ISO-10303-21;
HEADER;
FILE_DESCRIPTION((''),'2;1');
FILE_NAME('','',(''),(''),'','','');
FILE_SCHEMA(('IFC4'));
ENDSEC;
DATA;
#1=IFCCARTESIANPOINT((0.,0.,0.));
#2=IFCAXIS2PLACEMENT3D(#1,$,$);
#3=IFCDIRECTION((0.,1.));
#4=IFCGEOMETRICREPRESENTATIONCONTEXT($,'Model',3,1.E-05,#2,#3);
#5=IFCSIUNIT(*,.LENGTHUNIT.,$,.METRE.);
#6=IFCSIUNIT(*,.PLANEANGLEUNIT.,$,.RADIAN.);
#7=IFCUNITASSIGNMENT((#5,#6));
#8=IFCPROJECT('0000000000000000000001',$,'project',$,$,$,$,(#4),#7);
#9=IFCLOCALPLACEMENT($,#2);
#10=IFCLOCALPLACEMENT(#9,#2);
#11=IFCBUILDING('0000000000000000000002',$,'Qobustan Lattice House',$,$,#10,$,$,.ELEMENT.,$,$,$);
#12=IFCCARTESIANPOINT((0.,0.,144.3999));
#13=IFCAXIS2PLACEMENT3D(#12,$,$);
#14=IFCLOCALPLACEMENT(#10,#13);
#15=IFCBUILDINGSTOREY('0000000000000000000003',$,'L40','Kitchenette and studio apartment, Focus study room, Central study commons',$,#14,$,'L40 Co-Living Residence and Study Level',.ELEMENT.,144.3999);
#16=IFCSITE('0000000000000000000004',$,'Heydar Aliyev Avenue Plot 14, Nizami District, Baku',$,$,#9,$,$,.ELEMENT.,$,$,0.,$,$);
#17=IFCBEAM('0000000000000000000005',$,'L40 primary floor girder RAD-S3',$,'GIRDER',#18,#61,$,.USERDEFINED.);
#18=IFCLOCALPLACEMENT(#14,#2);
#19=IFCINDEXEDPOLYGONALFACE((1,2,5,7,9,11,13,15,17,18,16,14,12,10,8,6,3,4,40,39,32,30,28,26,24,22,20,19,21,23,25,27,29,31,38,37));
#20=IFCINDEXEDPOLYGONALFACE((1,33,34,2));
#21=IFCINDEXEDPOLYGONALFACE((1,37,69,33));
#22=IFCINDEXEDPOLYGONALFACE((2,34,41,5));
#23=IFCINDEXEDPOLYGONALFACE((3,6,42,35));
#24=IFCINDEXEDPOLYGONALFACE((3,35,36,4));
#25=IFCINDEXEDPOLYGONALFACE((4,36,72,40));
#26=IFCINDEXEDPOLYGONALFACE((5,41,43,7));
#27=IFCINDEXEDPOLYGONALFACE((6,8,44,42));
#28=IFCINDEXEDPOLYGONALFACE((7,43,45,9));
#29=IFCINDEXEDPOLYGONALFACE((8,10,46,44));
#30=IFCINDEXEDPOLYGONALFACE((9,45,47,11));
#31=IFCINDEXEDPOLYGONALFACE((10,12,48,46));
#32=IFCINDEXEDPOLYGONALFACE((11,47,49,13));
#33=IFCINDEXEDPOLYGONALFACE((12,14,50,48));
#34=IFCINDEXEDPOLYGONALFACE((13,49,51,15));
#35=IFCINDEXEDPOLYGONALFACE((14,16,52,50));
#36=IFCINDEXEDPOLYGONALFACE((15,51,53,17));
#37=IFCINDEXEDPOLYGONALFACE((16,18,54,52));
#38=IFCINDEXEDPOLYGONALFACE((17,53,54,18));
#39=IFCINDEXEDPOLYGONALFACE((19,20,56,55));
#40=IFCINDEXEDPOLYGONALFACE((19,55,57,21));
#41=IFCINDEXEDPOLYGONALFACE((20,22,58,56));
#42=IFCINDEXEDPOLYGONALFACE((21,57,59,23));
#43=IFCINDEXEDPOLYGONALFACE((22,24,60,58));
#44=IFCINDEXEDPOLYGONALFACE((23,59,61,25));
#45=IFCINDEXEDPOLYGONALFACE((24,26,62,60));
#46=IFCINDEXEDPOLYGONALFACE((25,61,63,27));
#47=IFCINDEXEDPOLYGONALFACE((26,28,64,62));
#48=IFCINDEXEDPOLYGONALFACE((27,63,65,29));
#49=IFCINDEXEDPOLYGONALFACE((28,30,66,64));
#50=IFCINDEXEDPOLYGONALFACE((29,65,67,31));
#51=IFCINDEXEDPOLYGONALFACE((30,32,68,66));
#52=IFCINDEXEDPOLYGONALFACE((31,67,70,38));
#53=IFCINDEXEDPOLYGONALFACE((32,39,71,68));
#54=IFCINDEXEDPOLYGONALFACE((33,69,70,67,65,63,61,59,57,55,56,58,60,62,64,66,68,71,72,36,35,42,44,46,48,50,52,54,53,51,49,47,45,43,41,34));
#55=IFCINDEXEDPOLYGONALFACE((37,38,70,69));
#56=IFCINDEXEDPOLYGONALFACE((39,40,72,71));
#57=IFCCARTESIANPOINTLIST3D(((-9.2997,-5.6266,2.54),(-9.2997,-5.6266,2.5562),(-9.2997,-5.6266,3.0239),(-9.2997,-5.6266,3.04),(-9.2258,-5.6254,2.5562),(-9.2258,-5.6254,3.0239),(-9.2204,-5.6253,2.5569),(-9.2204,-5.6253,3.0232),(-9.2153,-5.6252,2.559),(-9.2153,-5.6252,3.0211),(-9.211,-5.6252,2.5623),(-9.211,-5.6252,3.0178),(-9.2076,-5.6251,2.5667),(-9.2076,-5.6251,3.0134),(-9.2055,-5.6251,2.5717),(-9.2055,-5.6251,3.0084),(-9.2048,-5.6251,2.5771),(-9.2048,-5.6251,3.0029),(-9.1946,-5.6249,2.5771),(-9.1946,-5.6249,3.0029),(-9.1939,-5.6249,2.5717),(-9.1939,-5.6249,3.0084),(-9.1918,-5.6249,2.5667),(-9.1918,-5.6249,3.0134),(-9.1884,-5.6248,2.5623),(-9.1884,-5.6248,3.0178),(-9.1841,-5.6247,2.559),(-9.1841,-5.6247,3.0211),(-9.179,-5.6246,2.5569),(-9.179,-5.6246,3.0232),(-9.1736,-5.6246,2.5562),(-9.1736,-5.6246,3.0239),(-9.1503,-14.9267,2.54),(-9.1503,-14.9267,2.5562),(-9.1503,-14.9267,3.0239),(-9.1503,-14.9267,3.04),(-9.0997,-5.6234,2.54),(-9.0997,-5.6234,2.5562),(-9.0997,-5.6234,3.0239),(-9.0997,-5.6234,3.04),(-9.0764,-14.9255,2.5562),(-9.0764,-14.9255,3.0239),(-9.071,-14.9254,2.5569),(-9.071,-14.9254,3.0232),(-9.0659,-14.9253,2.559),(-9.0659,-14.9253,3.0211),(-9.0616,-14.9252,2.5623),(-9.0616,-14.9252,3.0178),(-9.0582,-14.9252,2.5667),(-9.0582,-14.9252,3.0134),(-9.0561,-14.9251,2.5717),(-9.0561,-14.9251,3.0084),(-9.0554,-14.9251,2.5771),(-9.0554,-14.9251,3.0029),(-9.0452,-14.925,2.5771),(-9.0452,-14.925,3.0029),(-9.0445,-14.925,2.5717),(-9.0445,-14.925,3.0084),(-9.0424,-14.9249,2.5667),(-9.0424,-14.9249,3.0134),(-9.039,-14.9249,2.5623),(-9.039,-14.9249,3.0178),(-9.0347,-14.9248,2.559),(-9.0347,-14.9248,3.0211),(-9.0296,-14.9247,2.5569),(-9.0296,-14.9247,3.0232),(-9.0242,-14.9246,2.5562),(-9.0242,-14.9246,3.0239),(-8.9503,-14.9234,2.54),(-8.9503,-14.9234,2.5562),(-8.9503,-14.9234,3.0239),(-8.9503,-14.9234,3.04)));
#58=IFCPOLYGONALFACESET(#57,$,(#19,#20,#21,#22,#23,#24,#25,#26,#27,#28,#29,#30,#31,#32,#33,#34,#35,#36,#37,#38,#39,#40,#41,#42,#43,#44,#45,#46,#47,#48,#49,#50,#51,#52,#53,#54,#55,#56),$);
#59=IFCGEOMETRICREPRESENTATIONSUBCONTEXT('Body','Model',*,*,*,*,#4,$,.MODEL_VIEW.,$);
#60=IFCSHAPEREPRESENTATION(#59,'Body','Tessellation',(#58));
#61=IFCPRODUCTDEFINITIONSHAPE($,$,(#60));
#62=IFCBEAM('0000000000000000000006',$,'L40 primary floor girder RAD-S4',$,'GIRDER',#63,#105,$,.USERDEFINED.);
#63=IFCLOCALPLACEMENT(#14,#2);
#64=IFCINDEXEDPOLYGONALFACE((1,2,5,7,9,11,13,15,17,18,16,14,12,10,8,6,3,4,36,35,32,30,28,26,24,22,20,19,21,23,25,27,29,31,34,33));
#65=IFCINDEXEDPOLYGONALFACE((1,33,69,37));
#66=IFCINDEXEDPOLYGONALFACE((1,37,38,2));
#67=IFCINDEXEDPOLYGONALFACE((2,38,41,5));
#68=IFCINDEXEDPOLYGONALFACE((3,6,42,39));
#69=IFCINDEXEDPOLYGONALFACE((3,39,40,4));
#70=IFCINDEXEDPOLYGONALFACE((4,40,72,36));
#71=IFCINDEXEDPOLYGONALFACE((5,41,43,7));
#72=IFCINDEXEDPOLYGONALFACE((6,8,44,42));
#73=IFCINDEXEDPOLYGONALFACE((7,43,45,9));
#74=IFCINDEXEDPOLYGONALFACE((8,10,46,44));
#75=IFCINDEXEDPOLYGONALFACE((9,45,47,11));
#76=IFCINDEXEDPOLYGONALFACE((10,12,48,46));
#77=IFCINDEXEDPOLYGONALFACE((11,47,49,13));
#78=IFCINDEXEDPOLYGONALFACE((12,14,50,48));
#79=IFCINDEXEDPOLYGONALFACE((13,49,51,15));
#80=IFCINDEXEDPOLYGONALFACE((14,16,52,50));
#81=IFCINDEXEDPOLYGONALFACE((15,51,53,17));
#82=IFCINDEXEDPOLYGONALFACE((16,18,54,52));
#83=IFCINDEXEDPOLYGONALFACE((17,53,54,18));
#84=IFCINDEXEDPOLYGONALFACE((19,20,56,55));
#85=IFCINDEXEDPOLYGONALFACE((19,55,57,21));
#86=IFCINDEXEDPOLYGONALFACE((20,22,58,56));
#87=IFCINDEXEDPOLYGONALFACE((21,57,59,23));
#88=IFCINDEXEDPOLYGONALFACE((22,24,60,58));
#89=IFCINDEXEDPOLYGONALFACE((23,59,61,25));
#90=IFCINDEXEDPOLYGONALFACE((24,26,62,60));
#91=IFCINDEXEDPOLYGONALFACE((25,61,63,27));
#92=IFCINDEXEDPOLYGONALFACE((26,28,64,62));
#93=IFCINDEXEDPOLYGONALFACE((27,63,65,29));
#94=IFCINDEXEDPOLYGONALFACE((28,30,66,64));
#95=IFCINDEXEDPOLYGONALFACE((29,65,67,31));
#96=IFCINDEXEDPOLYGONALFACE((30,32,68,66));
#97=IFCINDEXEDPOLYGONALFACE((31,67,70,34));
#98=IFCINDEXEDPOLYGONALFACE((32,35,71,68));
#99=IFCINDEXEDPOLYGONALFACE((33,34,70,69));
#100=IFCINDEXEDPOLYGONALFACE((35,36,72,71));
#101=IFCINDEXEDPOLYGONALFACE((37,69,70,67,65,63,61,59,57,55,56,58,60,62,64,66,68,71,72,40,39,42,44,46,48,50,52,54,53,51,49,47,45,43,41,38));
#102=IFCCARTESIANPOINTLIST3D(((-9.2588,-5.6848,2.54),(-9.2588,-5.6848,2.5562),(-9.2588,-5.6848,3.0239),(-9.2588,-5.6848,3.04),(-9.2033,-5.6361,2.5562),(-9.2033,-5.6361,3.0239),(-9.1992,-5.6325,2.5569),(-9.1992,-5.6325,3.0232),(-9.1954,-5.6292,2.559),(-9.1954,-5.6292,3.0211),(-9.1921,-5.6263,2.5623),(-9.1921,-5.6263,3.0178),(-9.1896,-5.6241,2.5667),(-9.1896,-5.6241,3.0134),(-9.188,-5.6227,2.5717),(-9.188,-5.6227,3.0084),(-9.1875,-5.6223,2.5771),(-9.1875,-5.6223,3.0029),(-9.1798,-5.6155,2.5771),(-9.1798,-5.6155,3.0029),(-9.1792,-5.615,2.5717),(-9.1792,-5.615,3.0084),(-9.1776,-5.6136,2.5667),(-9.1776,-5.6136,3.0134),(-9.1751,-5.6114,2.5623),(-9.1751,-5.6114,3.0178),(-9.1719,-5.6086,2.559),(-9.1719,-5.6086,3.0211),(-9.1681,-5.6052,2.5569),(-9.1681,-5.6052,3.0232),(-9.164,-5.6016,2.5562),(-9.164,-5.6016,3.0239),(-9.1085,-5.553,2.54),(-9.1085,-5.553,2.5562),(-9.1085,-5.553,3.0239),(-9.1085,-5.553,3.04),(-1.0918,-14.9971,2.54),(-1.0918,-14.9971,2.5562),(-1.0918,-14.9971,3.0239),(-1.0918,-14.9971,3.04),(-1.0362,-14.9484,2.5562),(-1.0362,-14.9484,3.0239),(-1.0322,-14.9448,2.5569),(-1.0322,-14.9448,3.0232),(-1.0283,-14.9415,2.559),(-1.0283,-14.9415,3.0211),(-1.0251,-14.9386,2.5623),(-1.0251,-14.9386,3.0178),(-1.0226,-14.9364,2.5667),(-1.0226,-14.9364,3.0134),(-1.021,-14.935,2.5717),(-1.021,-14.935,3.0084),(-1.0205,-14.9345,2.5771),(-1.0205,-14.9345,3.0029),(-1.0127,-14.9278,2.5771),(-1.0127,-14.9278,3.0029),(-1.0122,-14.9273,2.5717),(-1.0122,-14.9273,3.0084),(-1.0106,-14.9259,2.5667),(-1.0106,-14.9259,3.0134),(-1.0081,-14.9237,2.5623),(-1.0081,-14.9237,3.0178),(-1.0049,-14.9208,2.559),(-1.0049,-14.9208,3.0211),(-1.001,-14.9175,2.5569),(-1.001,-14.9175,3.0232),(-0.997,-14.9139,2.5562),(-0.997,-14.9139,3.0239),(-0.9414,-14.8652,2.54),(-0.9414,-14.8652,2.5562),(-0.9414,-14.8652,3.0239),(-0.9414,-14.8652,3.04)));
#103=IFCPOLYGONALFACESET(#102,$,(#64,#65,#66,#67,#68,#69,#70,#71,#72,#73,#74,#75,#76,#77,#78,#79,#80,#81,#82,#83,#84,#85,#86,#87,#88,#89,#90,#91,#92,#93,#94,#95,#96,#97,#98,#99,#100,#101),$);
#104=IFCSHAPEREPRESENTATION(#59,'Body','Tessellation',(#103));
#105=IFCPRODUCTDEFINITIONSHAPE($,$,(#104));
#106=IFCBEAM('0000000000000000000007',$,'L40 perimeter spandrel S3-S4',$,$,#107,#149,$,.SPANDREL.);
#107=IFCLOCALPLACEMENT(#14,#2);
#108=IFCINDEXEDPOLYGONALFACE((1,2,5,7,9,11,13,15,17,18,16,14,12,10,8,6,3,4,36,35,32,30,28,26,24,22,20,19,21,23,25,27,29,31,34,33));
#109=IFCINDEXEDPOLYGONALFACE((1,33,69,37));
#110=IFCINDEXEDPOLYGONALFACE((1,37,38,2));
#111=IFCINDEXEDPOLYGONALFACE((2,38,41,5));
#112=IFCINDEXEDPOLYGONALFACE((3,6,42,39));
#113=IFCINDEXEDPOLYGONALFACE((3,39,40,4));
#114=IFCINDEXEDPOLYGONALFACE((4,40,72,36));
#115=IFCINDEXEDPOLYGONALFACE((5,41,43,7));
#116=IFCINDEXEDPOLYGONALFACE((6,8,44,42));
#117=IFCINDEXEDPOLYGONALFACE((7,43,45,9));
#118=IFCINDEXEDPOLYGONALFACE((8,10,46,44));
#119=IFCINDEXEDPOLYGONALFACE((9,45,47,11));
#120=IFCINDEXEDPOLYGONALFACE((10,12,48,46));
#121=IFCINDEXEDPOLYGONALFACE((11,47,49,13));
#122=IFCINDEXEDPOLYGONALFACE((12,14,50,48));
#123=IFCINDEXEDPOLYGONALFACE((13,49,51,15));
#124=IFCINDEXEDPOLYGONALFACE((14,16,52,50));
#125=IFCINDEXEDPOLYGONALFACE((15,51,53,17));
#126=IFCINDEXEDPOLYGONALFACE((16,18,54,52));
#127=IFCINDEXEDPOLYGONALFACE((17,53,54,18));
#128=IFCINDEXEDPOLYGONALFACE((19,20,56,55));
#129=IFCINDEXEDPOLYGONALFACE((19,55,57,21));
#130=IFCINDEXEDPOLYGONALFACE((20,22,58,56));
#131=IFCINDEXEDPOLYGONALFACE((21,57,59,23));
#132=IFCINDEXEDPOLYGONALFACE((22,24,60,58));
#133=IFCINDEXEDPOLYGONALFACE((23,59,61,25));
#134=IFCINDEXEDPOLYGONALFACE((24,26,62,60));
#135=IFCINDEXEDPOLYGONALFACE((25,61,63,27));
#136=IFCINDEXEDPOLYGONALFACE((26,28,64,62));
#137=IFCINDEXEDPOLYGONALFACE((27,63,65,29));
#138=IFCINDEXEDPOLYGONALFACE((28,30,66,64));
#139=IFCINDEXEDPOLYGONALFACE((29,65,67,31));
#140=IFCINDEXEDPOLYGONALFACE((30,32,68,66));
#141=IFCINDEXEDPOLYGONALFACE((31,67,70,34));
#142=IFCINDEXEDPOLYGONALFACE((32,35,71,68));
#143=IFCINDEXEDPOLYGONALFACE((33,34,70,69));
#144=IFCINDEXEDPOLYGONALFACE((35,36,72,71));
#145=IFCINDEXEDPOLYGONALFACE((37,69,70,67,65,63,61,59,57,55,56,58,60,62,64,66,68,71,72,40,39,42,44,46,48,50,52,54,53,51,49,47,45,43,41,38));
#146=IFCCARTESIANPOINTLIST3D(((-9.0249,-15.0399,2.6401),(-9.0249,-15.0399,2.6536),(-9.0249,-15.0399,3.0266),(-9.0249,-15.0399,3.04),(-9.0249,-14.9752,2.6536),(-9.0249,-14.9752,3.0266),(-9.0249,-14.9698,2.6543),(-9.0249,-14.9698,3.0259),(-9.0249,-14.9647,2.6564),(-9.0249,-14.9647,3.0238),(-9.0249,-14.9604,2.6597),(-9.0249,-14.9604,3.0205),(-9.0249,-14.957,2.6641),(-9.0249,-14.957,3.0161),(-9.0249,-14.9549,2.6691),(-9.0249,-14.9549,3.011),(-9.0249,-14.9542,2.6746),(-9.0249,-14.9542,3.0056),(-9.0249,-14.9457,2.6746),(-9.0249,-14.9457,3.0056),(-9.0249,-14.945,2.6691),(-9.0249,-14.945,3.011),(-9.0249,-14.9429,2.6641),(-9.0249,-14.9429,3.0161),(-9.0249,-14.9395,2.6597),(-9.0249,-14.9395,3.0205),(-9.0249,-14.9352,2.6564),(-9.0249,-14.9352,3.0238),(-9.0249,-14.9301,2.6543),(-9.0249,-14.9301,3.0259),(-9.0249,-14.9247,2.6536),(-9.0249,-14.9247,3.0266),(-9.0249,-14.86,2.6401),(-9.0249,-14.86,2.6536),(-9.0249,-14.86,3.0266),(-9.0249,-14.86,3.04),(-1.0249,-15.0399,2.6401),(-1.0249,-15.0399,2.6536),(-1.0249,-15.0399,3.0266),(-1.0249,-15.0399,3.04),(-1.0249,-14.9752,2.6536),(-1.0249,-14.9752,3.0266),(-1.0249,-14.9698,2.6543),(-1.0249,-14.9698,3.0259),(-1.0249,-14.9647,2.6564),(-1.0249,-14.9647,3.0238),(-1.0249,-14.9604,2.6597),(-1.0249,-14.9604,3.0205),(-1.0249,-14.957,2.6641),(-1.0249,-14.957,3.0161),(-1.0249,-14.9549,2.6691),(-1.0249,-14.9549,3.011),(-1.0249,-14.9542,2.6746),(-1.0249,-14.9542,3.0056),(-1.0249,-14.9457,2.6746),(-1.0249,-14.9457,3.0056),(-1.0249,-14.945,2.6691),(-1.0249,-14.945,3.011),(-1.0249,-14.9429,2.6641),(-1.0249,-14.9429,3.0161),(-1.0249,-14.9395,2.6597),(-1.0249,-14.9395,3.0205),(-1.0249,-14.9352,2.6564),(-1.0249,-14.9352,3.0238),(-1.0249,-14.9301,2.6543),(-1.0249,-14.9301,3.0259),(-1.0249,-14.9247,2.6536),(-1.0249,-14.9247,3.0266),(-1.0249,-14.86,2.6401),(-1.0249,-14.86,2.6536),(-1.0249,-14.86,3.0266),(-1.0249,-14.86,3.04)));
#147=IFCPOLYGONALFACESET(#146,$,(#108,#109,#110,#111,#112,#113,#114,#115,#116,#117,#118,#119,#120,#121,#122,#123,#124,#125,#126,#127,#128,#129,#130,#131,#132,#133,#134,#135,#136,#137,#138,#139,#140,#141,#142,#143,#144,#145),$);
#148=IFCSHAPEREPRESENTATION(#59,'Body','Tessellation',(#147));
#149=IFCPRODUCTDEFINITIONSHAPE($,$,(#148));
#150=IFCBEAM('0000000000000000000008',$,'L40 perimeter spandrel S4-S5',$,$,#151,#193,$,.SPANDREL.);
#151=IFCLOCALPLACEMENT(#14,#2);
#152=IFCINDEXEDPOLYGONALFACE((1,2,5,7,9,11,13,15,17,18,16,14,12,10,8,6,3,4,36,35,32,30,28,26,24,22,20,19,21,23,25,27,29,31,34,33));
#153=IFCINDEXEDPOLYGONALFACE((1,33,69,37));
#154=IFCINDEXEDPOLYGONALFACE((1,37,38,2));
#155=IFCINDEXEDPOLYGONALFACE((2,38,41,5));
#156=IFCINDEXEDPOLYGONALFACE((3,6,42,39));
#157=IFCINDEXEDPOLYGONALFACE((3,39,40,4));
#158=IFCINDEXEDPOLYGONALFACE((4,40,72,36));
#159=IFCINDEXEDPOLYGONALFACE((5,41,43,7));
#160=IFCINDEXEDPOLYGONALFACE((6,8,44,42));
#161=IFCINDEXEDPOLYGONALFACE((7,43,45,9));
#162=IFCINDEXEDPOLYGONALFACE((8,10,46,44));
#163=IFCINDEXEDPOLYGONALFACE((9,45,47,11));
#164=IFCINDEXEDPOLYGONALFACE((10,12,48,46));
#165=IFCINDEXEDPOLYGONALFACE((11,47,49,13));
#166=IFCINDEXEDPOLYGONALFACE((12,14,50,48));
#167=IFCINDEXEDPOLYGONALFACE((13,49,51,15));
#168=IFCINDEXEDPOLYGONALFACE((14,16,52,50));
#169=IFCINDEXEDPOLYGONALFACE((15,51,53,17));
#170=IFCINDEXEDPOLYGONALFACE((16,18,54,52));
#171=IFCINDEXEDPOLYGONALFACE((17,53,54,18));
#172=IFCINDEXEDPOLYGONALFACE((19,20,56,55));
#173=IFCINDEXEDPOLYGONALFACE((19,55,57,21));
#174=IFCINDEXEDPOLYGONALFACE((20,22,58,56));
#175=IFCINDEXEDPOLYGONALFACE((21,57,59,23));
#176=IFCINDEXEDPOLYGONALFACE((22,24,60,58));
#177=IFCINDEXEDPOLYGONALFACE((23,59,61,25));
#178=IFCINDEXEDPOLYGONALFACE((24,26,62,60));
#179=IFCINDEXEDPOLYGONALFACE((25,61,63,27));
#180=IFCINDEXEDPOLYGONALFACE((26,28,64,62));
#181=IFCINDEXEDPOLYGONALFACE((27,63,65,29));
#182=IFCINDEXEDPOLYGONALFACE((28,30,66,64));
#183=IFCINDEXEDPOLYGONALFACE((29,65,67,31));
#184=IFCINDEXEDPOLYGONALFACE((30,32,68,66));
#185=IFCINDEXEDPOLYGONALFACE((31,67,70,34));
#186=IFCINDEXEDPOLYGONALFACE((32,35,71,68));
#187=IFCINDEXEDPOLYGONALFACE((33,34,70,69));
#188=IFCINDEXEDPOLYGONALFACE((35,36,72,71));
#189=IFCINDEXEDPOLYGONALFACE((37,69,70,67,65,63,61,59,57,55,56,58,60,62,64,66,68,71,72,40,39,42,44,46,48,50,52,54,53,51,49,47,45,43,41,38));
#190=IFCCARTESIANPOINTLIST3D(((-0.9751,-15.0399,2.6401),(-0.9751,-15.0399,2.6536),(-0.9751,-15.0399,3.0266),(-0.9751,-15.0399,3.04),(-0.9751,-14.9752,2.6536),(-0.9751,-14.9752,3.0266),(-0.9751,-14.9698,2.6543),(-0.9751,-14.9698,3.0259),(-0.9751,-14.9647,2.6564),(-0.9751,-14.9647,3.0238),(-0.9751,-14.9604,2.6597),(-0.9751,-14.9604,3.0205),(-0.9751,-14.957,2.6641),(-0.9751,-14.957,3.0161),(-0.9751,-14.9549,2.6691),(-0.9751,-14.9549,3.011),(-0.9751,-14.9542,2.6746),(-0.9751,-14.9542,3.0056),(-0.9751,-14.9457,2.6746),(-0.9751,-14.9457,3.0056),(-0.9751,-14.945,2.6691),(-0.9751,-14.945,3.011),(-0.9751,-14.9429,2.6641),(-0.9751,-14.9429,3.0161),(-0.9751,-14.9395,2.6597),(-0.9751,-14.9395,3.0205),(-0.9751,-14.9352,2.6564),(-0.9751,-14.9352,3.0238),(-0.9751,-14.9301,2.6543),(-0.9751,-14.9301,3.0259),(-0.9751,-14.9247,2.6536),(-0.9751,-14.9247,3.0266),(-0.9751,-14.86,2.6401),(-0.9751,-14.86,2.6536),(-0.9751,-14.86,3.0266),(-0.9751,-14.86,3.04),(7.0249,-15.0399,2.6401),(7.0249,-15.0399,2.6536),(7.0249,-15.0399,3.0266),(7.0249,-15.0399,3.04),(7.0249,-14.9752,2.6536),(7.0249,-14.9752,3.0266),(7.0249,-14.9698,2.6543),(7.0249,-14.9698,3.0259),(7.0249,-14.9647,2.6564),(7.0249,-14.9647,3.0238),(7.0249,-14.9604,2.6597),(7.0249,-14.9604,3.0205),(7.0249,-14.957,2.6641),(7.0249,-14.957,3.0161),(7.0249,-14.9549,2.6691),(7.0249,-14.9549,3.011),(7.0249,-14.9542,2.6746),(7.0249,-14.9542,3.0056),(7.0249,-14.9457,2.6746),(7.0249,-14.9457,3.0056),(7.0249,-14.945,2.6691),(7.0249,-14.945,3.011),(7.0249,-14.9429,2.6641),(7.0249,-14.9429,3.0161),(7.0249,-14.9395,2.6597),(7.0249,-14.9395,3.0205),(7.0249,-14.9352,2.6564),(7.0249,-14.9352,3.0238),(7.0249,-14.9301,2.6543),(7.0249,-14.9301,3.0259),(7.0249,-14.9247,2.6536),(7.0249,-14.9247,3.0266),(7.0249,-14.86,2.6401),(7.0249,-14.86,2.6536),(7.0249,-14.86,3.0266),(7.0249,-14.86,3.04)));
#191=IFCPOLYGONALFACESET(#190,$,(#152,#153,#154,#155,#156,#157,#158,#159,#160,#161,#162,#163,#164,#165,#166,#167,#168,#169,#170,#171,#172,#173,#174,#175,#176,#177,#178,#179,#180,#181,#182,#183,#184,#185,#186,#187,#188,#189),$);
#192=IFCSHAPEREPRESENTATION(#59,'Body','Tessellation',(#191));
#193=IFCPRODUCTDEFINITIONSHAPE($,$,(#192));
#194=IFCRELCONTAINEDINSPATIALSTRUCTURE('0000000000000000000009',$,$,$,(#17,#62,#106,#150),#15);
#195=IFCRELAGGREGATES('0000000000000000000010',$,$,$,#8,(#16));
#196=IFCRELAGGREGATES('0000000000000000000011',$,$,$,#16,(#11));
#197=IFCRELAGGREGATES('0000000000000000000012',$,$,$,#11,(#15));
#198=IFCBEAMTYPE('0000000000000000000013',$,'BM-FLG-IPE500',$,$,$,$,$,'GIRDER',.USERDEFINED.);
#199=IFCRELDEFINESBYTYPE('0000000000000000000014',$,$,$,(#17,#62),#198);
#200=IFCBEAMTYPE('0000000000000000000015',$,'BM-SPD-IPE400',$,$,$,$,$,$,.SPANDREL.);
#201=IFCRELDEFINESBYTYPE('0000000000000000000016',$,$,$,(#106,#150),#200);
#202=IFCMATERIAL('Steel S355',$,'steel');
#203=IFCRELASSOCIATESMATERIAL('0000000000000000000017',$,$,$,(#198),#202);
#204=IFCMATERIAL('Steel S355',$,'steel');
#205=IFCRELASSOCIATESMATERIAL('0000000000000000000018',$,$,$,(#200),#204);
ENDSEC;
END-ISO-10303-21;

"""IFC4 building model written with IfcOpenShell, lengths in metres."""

from ifc_helpers import new_model, si_unit, direction, frame, origin, origin_2d, place, context, subcontext, project, spatial, i_section, extrude, material, material_profile, profile_set, type_object, element, save


model = new_model("IFC4")

# Units and contexts
model_context = context("Model", 3, precision=1e-05, world=origin(), true_north=direction((0.0, 1.0)))
body_context = subcontext(model_context, "Body", "Model", "MODEL_VIEW")
ifc_project = project(units=[si_unit("LENGTHUNIT", "METRE"), si_unit("PLANEANGLEUNIT", "RADIAN")], contexts=[model_context])

# Site, building, storey
site_placement = place(None, origin())
site = spatial("IfcSite", under=ifc_project, at=site_placement, Name="Heydar Aliyev Avenue Plot 14, Nizami District, Baku", CompositionType="ELEMENT", RefElevation=0.0)
building_placement = place(site_placement, origin())
building = spatial("IfcBuilding", under=site, at=building_placement, Name="Qobustan Lattice House", CompositionType="ELEMENT")
storey_placement = place(building_placement, frame((0.0, 0.0, 144.3999)))
storey = spatial("IfcBuildingStorey", under=building, at=storey_placement, Name="L40", Description="Kitchenette and studio apartment, Focus study room, Central study commons", LongName="L40 Co-Living Residence and Study Level", CompositionType="ELEMENT", Elevation=144.3999)

# Beams
ifc_material_1 = material(Name="Steel S355", Category="steel")
ifc_material_profile_1 = material_profile(ifc_material_1, i_section(OverallWidth=0.2, OverallDepth=0.5, WebThickness=0.0103, FlangeThickness=0.0161, FilletRadius=0.021, at=origin_2d()), Name="IPE500")
ifc_profile_set_1 = profile_set([ifc_material_profile_1], Name="Steel S355")
beam_type_1 = type_object("IfcBeamType", Name="BM-FLG-IPE500", ElementType="GIRDER", PredefinedType="USERDEFINED", material=ifc_profile_set_1)
beam_1_placement = place(storey_placement, frame((-9.0503, -14.925, 2.79), z_axis=(-0.016064, 0.999871, 0.0), x_axis=(-0.999871, -0.016064, 0.0)))
element("IfcBeam", 1, at=beam_1_placement, inside=storey, type_object=beam_type_1, Name="L40 primary floor girder RAD-S3", ObjectType="GIRDER", PredefinedType="USERDEFINED", context=body_context, shape_type="SweptSolid", body=[
    extrude(i_section(OverallWidth=0.2, OverallDepth=0.5, WebThickness=0.0103, FlangeThickness=0.0161, FilletRadius=0.021, at=origin_2d()), origin(), (0.0, 0.0, 1.0), 9.3013),
])
beam_2_placement = place(storey_placement, frame((-1.0166, -14.9312, 2.79), z_axis=(-0.659362, 0.751825, 0.0), x_axis=(-0.751825, -0.659362, 0.0)))
element("IfcBeam", 2, at=beam_2_placement, inside=storey, type_object=beam_type_1, Name="L40 primary floor girder RAD-S4", ObjectType="GIRDER", PredefinedType="USERDEFINED", context=body_context, shape_type="SweptSolid", body=[
    extrude(i_section(OverallWidth=0.2, OverallDepth=0.5, WebThickness=0.0103, FlangeThickness=0.0161, FilletRadius=0.021, at=origin_2d()), origin(), (0.0, 0.0, 1.0), 12.3862),
])
ifc_material_2 = material(Name="Steel S355", Category="steel")
ifc_material_profile_2 = material_profile(ifc_material_2, i_section(OverallWidth=0.1799, OverallDepth=0.3999, WebThickness=0.0085, FlangeThickness=0.0134, FilletRadius=0.021, at=origin_2d()), Name="IPE400")
ifc_profile_set_2 = profile_set([ifc_material_profile_2], Name="Steel S355")
beam_type_2 = type_object("IfcBeamType", Name="BM-SPD-IPE400", PredefinedType="SPANDREL", material=ifc_profile_set_2)
for number, where, z_axis, x_axis, name in (
    (3, (-9.0249, -14.95, 2.8401), (1.0, 0.0, 0.0), (0.0, 1.0, 0.0), "L40 perimeter spandrel S3-S4"),
    (4, (-0.9751, -14.95, 2.8401), (1.0, 0.0, 0.0), (0.0, 1.0, 0.0), "L40 perimeter spandrel S4-S5"),
):
    element("IfcBeam", number, at=place(storey_placement, frame(where, z_axis=z_axis, x_axis=x_axis)), inside=storey, type_object=beam_type_2, Name=name, PredefinedType="SPANDREL", context=body_context, shape_type="SweptSolid", body=[
        extrude(i_section(OverallWidth=0.1799, OverallDepth=0.3999, WebThickness=0.0085, FlangeThickness=0.0134, FilletRadius=0.021, at=origin_2d()), origin(), (0.0, 0.0, 1.0), 8.0),
    ])

save(model, "model.ifc")
